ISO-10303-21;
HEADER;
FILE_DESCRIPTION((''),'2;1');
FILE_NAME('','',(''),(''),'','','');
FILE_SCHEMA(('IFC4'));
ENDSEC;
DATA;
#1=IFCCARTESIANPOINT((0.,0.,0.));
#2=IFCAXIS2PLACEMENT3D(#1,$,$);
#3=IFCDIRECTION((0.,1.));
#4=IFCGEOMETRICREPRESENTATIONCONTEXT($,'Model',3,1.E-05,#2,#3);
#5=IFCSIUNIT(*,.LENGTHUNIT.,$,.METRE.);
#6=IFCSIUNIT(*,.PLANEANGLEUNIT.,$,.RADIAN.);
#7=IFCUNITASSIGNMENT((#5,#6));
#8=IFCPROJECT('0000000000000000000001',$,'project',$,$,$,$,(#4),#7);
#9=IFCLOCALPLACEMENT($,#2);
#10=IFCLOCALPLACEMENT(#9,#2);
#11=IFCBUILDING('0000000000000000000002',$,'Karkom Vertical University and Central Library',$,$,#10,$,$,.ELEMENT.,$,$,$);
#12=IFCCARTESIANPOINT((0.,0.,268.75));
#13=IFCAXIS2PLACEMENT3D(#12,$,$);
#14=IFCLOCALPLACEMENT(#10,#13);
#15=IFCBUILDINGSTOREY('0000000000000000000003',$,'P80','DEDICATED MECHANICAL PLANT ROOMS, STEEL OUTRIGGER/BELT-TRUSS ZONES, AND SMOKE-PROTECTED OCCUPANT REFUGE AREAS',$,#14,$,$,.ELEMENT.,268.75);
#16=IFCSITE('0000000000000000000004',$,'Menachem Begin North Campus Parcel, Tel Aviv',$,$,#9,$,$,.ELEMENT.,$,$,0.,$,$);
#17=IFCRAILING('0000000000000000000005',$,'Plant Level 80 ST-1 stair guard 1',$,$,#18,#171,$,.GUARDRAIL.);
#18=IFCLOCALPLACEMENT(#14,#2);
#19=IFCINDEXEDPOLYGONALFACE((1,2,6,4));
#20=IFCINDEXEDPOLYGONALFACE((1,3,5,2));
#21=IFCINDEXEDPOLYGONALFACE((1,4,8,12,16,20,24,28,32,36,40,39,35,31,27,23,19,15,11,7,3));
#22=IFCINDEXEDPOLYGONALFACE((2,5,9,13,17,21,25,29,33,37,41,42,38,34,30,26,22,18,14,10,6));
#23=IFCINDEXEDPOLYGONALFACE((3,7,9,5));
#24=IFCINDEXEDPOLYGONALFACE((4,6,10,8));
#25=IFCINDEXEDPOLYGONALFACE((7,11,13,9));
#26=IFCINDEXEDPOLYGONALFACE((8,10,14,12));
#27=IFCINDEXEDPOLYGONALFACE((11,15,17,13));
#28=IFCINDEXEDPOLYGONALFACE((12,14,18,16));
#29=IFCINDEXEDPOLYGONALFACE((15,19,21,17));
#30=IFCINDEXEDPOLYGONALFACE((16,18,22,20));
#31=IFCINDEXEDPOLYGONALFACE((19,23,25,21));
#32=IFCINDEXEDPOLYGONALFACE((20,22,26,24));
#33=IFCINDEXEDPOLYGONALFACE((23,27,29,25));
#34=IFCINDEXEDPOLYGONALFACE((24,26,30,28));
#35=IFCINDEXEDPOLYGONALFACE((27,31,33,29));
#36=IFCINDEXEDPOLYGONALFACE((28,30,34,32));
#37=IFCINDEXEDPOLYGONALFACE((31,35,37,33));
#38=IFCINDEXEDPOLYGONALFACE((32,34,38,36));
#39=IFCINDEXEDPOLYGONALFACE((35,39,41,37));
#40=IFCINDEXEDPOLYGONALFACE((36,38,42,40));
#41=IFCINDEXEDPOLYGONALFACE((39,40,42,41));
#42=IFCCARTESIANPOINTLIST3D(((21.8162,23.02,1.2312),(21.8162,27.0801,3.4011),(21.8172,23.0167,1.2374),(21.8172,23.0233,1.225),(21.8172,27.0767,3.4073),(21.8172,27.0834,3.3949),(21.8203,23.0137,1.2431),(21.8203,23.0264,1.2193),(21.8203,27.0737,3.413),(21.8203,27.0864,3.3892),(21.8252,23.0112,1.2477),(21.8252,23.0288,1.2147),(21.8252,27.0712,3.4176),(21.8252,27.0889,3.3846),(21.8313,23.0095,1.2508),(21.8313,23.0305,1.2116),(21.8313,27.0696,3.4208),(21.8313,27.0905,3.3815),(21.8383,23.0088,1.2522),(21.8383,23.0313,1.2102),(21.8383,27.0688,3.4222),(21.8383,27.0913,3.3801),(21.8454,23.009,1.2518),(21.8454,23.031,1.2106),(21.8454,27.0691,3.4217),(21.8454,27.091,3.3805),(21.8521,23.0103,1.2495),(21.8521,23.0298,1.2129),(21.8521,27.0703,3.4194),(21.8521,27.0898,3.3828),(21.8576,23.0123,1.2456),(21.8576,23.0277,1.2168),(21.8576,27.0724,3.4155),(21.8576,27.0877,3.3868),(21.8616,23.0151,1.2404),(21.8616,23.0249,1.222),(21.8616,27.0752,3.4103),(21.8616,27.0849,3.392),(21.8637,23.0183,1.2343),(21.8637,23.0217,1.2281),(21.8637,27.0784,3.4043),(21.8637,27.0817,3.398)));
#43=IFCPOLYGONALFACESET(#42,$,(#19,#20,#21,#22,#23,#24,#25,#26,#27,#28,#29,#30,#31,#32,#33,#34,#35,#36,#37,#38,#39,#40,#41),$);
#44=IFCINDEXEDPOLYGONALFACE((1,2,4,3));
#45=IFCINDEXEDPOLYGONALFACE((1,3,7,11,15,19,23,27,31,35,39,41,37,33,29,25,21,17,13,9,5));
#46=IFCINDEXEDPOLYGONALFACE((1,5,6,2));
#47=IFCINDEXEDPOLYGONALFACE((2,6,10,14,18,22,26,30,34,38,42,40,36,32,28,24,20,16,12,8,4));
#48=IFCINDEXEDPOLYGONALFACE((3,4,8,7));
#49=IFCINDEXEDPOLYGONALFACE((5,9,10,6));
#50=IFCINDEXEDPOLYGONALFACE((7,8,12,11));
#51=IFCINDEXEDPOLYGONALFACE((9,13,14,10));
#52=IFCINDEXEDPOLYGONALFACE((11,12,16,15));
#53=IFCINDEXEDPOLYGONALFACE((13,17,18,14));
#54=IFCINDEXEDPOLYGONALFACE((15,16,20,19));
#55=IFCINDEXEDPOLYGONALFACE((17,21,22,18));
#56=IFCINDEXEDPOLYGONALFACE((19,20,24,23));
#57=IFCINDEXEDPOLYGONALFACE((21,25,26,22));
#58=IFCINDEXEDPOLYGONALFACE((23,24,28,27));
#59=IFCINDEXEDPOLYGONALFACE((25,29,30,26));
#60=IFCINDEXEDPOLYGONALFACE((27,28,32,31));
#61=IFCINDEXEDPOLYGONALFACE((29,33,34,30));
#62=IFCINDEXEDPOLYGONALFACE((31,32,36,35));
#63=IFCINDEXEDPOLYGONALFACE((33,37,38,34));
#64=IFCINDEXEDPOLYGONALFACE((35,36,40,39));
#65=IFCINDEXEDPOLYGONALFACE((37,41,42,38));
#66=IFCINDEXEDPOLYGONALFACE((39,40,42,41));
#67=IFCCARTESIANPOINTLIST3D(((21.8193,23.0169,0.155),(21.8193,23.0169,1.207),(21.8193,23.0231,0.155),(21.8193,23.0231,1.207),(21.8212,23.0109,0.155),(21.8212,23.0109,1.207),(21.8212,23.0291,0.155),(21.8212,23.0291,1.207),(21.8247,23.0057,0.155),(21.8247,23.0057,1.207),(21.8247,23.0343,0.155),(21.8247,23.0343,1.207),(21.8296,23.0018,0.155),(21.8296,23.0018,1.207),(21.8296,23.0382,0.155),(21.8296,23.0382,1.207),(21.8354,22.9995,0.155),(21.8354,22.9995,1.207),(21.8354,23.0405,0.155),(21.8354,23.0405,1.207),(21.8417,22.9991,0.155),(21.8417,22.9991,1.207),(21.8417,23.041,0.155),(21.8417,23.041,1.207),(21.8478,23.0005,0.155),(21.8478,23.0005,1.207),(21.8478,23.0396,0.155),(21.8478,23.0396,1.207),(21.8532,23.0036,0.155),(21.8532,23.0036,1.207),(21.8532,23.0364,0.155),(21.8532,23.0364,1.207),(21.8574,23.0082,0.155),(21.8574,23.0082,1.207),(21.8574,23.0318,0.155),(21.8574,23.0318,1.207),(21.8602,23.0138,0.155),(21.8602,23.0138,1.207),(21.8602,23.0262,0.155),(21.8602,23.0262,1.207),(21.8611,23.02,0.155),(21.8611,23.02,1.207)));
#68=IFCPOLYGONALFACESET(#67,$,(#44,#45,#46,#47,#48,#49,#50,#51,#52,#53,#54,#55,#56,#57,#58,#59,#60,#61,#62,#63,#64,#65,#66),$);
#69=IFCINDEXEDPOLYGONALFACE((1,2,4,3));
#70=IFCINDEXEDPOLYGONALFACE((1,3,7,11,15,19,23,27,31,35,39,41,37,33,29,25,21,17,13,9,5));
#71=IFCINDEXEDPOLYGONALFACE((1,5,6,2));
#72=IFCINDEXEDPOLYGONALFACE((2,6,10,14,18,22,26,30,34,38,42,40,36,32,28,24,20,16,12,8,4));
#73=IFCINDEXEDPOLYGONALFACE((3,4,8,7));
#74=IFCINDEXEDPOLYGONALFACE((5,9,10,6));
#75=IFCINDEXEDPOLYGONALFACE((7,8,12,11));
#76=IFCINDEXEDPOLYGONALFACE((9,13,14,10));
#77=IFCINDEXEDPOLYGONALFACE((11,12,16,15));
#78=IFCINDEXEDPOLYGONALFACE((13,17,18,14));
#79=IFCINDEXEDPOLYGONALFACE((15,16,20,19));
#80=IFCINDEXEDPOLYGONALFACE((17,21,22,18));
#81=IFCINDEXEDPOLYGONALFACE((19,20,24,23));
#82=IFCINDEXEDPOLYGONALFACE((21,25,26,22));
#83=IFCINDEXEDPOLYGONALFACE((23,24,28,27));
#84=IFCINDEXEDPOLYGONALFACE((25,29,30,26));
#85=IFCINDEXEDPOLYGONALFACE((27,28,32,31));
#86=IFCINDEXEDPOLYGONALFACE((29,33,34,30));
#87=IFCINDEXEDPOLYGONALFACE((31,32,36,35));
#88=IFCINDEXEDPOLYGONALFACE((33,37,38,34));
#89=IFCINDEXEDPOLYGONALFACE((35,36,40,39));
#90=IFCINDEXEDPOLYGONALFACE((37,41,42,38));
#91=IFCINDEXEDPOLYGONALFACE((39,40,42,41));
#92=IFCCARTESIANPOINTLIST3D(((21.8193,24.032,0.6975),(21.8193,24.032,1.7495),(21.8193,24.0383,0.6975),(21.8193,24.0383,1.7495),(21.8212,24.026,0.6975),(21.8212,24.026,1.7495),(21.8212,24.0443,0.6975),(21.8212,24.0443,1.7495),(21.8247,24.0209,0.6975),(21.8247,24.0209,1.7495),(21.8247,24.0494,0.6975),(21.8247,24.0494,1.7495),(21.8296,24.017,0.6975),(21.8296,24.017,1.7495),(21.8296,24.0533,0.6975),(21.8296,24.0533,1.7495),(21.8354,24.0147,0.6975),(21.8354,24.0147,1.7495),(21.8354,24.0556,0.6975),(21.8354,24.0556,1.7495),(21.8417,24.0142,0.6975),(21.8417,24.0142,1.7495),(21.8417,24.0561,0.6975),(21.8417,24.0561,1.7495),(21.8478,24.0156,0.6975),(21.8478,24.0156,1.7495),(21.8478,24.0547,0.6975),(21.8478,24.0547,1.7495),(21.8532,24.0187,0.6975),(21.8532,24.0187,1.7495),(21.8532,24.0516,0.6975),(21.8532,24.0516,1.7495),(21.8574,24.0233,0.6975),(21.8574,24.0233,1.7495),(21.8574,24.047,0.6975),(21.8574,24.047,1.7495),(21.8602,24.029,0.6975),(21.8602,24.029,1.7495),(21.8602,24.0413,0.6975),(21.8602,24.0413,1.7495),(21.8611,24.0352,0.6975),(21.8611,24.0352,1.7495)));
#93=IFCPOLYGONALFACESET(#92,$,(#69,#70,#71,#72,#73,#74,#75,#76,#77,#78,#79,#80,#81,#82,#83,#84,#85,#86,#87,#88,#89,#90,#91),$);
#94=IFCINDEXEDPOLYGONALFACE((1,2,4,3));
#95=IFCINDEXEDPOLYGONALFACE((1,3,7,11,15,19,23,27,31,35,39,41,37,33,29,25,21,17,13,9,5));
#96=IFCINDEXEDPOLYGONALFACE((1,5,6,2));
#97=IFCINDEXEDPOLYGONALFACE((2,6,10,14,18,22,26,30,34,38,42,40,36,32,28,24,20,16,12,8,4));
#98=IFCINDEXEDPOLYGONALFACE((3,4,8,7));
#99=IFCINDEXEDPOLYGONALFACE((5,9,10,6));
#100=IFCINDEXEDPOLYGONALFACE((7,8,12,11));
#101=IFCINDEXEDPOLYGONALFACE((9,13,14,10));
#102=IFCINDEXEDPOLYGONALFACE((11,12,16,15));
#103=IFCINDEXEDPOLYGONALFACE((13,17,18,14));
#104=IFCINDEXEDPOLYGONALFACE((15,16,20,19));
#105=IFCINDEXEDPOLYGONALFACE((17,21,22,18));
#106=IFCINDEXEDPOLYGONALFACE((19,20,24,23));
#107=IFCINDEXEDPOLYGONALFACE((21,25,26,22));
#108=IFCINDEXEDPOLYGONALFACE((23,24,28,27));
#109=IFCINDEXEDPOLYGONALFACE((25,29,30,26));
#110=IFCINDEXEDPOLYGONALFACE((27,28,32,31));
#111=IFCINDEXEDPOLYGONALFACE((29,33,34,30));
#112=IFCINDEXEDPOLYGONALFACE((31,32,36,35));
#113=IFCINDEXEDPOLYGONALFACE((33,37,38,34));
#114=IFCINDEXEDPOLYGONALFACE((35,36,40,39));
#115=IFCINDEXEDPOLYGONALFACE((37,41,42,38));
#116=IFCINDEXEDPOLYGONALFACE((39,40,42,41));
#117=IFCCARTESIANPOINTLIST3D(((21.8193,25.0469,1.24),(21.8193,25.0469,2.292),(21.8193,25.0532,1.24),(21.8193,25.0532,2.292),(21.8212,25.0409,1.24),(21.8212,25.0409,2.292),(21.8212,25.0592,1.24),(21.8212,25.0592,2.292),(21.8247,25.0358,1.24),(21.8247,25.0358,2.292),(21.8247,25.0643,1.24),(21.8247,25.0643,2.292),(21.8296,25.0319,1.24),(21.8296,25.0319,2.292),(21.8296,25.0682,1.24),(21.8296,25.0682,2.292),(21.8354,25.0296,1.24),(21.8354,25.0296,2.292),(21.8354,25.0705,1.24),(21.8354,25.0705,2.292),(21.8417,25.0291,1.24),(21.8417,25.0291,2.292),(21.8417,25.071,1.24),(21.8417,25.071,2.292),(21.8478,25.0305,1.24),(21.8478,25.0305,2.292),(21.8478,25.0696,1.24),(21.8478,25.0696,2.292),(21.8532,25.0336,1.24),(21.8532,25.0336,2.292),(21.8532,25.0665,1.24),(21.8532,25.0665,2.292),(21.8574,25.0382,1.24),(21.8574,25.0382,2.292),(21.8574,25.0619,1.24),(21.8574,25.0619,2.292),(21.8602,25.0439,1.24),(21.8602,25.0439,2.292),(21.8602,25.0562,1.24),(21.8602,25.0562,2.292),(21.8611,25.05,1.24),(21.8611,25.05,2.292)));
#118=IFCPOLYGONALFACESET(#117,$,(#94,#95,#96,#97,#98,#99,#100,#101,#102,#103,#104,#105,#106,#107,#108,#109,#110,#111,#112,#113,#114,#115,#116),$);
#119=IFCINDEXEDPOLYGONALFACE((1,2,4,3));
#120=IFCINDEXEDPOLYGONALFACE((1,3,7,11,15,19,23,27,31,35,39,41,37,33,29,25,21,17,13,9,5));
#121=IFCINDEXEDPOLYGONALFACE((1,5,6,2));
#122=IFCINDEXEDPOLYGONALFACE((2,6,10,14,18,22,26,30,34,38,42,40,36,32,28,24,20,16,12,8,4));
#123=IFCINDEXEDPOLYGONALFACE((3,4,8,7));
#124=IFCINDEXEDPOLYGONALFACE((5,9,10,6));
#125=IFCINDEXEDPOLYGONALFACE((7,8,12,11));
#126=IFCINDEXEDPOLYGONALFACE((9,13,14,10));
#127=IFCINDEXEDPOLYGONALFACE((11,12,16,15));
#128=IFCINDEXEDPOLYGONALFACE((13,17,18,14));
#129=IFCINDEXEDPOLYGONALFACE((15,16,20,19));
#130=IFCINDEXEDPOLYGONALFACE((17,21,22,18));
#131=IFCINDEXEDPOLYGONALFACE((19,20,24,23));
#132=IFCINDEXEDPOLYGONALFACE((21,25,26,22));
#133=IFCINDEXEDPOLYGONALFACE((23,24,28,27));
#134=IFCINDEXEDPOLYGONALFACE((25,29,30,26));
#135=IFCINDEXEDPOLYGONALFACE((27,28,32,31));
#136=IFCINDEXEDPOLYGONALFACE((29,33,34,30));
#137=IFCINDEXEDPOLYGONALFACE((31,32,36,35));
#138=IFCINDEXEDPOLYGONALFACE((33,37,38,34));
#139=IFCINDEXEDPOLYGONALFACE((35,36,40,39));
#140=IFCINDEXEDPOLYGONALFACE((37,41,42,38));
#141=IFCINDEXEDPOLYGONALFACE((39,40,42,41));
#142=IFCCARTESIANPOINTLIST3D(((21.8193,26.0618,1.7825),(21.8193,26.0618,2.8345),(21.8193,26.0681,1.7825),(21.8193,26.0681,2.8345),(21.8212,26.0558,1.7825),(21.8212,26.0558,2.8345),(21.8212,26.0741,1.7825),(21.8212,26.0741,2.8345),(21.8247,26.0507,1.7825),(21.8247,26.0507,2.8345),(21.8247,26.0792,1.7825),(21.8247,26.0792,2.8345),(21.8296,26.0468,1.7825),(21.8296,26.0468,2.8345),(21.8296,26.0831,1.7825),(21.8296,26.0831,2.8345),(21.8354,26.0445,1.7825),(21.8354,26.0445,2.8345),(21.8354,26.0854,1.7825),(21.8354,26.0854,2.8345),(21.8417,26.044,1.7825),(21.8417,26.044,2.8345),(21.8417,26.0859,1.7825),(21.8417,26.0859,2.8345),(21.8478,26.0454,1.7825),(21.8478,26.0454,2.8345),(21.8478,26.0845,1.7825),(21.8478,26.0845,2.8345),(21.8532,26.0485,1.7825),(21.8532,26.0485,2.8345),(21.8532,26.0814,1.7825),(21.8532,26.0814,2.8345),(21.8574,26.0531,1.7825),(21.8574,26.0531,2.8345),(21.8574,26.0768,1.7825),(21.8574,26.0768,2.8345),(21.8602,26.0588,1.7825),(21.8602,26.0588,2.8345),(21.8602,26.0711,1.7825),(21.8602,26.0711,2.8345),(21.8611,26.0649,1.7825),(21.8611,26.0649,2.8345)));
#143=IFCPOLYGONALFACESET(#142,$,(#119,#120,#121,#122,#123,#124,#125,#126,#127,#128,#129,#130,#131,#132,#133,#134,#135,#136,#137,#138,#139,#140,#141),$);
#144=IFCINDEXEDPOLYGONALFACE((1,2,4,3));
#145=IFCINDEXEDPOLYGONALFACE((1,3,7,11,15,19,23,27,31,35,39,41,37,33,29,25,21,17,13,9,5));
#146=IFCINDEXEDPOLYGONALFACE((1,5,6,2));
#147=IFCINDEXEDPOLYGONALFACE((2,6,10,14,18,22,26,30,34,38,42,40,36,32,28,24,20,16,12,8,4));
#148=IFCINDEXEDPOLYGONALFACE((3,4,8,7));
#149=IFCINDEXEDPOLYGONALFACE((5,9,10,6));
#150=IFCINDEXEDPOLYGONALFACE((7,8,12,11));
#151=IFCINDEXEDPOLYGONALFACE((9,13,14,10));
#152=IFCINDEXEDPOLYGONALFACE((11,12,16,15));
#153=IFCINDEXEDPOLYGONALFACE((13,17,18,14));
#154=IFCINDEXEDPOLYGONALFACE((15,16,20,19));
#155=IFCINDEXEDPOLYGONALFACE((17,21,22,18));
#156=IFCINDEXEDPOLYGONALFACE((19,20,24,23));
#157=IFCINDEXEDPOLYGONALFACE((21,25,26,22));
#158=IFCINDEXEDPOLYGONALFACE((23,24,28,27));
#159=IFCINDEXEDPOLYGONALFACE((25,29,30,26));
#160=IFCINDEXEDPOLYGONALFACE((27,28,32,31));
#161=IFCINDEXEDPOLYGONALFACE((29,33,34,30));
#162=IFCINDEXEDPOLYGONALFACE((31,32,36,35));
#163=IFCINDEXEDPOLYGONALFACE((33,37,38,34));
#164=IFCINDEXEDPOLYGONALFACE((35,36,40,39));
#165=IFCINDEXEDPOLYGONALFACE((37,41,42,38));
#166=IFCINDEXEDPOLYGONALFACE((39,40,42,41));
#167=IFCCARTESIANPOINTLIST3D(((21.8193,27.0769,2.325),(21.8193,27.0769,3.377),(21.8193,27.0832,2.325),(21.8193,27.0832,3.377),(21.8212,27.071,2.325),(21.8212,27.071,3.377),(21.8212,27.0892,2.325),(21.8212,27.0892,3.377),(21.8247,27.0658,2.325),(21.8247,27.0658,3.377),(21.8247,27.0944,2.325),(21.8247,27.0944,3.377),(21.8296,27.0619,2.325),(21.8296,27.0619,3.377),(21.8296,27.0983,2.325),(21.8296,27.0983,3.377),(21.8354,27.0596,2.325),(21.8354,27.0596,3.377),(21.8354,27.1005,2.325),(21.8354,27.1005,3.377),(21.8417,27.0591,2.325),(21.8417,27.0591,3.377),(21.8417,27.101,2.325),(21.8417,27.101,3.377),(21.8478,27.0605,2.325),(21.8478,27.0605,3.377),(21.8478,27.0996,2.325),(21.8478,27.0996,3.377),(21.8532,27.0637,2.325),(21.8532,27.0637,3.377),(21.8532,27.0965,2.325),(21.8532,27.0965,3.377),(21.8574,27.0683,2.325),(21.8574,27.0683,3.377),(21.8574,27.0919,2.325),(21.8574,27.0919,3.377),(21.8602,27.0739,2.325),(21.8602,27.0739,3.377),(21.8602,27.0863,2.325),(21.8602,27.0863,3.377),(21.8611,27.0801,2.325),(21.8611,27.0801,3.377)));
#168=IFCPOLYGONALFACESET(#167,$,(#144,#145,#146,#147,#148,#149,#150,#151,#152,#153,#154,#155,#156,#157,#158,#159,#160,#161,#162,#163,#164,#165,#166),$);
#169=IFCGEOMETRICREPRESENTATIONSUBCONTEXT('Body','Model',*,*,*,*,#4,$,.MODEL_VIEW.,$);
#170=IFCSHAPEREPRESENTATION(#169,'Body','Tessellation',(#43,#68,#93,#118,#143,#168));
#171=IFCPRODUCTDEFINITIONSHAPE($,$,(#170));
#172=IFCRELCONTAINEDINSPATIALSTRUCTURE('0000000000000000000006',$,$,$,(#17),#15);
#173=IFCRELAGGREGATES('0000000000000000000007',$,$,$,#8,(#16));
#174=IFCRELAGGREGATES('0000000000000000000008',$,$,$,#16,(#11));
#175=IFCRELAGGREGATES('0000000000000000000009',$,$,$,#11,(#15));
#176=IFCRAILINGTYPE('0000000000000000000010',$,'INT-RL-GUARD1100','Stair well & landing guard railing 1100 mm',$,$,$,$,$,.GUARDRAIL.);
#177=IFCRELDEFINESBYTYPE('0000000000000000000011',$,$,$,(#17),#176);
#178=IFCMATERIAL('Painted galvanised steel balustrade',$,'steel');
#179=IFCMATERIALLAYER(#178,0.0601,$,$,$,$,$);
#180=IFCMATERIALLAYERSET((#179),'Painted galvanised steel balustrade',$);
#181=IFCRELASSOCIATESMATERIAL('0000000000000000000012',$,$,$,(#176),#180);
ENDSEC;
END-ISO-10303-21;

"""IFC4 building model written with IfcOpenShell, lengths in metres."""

from ifc_helpers import new_model, si_unit, direction, frame, origin, origin_2d, place, context, subcontext, project, spatial, circle, extrude, material, layer, layer_set, type_object, element, save


model = new_model("IFC4")

# Units and contexts
model_context = context("Model", 3, precision=1e-05, world=origin(), true_north=direction((0.0, 1.0)))
body_context = subcontext(model_context, "Body", "Model", "MODEL_VIEW")
ifc_project = project(units=[si_unit("LENGTHUNIT", "METRE"), si_unit("PLANEANGLEUNIT", "RADIAN")], contexts=[model_context])

# Site, building, storey
site_placement = place(None, origin())
site = spatial("IfcSite", under=ifc_project, at=site_placement, Name="Menachem Begin North Campus Parcel, Tel Aviv", CompositionType="ELEMENT", RefElevation=0.0)
building_placement = place(site_placement, origin())
building = spatial("IfcBuilding", under=site, at=building_placement, Name="Karkom Vertical University and Central Library", CompositionType="ELEMENT")
storey_placement = place(building_placement, frame((0.0, 0.0, 268.75)))
storey = spatial("IfcBuildingStorey", under=building, at=storey_placement, Name="P80", Description="DEDICATED MECHANICAL PLANT ROOMS, STEEL OUTRIGGER/BELT-TRUSS ZONES, AND SMOKE-PROTECTED OCCUPANT REFUGE AREAS", CompositionType="ELEMENT", Elevation=268.75)

# Railing
ifc_material_1 = material(Name="Painted galvanised steel balustrade", Category="steel")
ifc_layer_1 = layer(ifc_material_1, 0.0601)
ifc_layer_set_1 = layer_set([ifc_layer_1], Name="Painted galvanised steel balustrade")
railing_type = type_object("IfcRailingType", Name="INT-RL-GUARD1100", Description="Stair well & landing guard railing 1100 mm", PredefinedType="GUARDRAIL", material=ifc_layer_set_1)
railing_1_placement = place(storey_placement, frame((21.8401, 23.02, 0.155)))
element("IfcRailing", 1, at=railing_1_placement, inside=storey, type_object=railing_type, Name="Plant Level 80 ST-1 stair guard 1", PredefinedType="GUARDRAIL", context=body_context, shape_type="SweptSolid", body=[
    extrude(circle(Radius=0.0239, at=origin_2d()), frame((0.0, 0.0, 1.0762), z_axis=(0.0, 0.881942, 0.471359), x_axis=(-1.0, 0.0, 0.0)), (0.0, 0.0, 1.0), 4.6035),
    extrude(circle(Radius=0.021, at=origin_2d()), origin(), (0.0, 0.0, 1.0), 1.052),
    extrude(circle(Radius=0.021, at=origin_2d()), frame((0.0, 1.0151, 0.5425)), (0.0, 0.0, 1.0), 1.052),
    extrude(circle(Radius=0.021, at=origin_2d()), frame((0.0, 2.03, 1.085)), (0.0, 0.0, 1.0), 1.052),
    extrude(circle(Radius=0.021, at=origin_2d()), frame((0.0, 3.0449, 1.6274)), (0.0, 0.0, 1.0), 1.052),
    extrude(circle(Radius=0.021, at=origin_2d()), frame((0.0, 4.0601, 2.1699)), (0.0, 0.0, 1.0), 1.052),
])

save(model, "model.ifc")
